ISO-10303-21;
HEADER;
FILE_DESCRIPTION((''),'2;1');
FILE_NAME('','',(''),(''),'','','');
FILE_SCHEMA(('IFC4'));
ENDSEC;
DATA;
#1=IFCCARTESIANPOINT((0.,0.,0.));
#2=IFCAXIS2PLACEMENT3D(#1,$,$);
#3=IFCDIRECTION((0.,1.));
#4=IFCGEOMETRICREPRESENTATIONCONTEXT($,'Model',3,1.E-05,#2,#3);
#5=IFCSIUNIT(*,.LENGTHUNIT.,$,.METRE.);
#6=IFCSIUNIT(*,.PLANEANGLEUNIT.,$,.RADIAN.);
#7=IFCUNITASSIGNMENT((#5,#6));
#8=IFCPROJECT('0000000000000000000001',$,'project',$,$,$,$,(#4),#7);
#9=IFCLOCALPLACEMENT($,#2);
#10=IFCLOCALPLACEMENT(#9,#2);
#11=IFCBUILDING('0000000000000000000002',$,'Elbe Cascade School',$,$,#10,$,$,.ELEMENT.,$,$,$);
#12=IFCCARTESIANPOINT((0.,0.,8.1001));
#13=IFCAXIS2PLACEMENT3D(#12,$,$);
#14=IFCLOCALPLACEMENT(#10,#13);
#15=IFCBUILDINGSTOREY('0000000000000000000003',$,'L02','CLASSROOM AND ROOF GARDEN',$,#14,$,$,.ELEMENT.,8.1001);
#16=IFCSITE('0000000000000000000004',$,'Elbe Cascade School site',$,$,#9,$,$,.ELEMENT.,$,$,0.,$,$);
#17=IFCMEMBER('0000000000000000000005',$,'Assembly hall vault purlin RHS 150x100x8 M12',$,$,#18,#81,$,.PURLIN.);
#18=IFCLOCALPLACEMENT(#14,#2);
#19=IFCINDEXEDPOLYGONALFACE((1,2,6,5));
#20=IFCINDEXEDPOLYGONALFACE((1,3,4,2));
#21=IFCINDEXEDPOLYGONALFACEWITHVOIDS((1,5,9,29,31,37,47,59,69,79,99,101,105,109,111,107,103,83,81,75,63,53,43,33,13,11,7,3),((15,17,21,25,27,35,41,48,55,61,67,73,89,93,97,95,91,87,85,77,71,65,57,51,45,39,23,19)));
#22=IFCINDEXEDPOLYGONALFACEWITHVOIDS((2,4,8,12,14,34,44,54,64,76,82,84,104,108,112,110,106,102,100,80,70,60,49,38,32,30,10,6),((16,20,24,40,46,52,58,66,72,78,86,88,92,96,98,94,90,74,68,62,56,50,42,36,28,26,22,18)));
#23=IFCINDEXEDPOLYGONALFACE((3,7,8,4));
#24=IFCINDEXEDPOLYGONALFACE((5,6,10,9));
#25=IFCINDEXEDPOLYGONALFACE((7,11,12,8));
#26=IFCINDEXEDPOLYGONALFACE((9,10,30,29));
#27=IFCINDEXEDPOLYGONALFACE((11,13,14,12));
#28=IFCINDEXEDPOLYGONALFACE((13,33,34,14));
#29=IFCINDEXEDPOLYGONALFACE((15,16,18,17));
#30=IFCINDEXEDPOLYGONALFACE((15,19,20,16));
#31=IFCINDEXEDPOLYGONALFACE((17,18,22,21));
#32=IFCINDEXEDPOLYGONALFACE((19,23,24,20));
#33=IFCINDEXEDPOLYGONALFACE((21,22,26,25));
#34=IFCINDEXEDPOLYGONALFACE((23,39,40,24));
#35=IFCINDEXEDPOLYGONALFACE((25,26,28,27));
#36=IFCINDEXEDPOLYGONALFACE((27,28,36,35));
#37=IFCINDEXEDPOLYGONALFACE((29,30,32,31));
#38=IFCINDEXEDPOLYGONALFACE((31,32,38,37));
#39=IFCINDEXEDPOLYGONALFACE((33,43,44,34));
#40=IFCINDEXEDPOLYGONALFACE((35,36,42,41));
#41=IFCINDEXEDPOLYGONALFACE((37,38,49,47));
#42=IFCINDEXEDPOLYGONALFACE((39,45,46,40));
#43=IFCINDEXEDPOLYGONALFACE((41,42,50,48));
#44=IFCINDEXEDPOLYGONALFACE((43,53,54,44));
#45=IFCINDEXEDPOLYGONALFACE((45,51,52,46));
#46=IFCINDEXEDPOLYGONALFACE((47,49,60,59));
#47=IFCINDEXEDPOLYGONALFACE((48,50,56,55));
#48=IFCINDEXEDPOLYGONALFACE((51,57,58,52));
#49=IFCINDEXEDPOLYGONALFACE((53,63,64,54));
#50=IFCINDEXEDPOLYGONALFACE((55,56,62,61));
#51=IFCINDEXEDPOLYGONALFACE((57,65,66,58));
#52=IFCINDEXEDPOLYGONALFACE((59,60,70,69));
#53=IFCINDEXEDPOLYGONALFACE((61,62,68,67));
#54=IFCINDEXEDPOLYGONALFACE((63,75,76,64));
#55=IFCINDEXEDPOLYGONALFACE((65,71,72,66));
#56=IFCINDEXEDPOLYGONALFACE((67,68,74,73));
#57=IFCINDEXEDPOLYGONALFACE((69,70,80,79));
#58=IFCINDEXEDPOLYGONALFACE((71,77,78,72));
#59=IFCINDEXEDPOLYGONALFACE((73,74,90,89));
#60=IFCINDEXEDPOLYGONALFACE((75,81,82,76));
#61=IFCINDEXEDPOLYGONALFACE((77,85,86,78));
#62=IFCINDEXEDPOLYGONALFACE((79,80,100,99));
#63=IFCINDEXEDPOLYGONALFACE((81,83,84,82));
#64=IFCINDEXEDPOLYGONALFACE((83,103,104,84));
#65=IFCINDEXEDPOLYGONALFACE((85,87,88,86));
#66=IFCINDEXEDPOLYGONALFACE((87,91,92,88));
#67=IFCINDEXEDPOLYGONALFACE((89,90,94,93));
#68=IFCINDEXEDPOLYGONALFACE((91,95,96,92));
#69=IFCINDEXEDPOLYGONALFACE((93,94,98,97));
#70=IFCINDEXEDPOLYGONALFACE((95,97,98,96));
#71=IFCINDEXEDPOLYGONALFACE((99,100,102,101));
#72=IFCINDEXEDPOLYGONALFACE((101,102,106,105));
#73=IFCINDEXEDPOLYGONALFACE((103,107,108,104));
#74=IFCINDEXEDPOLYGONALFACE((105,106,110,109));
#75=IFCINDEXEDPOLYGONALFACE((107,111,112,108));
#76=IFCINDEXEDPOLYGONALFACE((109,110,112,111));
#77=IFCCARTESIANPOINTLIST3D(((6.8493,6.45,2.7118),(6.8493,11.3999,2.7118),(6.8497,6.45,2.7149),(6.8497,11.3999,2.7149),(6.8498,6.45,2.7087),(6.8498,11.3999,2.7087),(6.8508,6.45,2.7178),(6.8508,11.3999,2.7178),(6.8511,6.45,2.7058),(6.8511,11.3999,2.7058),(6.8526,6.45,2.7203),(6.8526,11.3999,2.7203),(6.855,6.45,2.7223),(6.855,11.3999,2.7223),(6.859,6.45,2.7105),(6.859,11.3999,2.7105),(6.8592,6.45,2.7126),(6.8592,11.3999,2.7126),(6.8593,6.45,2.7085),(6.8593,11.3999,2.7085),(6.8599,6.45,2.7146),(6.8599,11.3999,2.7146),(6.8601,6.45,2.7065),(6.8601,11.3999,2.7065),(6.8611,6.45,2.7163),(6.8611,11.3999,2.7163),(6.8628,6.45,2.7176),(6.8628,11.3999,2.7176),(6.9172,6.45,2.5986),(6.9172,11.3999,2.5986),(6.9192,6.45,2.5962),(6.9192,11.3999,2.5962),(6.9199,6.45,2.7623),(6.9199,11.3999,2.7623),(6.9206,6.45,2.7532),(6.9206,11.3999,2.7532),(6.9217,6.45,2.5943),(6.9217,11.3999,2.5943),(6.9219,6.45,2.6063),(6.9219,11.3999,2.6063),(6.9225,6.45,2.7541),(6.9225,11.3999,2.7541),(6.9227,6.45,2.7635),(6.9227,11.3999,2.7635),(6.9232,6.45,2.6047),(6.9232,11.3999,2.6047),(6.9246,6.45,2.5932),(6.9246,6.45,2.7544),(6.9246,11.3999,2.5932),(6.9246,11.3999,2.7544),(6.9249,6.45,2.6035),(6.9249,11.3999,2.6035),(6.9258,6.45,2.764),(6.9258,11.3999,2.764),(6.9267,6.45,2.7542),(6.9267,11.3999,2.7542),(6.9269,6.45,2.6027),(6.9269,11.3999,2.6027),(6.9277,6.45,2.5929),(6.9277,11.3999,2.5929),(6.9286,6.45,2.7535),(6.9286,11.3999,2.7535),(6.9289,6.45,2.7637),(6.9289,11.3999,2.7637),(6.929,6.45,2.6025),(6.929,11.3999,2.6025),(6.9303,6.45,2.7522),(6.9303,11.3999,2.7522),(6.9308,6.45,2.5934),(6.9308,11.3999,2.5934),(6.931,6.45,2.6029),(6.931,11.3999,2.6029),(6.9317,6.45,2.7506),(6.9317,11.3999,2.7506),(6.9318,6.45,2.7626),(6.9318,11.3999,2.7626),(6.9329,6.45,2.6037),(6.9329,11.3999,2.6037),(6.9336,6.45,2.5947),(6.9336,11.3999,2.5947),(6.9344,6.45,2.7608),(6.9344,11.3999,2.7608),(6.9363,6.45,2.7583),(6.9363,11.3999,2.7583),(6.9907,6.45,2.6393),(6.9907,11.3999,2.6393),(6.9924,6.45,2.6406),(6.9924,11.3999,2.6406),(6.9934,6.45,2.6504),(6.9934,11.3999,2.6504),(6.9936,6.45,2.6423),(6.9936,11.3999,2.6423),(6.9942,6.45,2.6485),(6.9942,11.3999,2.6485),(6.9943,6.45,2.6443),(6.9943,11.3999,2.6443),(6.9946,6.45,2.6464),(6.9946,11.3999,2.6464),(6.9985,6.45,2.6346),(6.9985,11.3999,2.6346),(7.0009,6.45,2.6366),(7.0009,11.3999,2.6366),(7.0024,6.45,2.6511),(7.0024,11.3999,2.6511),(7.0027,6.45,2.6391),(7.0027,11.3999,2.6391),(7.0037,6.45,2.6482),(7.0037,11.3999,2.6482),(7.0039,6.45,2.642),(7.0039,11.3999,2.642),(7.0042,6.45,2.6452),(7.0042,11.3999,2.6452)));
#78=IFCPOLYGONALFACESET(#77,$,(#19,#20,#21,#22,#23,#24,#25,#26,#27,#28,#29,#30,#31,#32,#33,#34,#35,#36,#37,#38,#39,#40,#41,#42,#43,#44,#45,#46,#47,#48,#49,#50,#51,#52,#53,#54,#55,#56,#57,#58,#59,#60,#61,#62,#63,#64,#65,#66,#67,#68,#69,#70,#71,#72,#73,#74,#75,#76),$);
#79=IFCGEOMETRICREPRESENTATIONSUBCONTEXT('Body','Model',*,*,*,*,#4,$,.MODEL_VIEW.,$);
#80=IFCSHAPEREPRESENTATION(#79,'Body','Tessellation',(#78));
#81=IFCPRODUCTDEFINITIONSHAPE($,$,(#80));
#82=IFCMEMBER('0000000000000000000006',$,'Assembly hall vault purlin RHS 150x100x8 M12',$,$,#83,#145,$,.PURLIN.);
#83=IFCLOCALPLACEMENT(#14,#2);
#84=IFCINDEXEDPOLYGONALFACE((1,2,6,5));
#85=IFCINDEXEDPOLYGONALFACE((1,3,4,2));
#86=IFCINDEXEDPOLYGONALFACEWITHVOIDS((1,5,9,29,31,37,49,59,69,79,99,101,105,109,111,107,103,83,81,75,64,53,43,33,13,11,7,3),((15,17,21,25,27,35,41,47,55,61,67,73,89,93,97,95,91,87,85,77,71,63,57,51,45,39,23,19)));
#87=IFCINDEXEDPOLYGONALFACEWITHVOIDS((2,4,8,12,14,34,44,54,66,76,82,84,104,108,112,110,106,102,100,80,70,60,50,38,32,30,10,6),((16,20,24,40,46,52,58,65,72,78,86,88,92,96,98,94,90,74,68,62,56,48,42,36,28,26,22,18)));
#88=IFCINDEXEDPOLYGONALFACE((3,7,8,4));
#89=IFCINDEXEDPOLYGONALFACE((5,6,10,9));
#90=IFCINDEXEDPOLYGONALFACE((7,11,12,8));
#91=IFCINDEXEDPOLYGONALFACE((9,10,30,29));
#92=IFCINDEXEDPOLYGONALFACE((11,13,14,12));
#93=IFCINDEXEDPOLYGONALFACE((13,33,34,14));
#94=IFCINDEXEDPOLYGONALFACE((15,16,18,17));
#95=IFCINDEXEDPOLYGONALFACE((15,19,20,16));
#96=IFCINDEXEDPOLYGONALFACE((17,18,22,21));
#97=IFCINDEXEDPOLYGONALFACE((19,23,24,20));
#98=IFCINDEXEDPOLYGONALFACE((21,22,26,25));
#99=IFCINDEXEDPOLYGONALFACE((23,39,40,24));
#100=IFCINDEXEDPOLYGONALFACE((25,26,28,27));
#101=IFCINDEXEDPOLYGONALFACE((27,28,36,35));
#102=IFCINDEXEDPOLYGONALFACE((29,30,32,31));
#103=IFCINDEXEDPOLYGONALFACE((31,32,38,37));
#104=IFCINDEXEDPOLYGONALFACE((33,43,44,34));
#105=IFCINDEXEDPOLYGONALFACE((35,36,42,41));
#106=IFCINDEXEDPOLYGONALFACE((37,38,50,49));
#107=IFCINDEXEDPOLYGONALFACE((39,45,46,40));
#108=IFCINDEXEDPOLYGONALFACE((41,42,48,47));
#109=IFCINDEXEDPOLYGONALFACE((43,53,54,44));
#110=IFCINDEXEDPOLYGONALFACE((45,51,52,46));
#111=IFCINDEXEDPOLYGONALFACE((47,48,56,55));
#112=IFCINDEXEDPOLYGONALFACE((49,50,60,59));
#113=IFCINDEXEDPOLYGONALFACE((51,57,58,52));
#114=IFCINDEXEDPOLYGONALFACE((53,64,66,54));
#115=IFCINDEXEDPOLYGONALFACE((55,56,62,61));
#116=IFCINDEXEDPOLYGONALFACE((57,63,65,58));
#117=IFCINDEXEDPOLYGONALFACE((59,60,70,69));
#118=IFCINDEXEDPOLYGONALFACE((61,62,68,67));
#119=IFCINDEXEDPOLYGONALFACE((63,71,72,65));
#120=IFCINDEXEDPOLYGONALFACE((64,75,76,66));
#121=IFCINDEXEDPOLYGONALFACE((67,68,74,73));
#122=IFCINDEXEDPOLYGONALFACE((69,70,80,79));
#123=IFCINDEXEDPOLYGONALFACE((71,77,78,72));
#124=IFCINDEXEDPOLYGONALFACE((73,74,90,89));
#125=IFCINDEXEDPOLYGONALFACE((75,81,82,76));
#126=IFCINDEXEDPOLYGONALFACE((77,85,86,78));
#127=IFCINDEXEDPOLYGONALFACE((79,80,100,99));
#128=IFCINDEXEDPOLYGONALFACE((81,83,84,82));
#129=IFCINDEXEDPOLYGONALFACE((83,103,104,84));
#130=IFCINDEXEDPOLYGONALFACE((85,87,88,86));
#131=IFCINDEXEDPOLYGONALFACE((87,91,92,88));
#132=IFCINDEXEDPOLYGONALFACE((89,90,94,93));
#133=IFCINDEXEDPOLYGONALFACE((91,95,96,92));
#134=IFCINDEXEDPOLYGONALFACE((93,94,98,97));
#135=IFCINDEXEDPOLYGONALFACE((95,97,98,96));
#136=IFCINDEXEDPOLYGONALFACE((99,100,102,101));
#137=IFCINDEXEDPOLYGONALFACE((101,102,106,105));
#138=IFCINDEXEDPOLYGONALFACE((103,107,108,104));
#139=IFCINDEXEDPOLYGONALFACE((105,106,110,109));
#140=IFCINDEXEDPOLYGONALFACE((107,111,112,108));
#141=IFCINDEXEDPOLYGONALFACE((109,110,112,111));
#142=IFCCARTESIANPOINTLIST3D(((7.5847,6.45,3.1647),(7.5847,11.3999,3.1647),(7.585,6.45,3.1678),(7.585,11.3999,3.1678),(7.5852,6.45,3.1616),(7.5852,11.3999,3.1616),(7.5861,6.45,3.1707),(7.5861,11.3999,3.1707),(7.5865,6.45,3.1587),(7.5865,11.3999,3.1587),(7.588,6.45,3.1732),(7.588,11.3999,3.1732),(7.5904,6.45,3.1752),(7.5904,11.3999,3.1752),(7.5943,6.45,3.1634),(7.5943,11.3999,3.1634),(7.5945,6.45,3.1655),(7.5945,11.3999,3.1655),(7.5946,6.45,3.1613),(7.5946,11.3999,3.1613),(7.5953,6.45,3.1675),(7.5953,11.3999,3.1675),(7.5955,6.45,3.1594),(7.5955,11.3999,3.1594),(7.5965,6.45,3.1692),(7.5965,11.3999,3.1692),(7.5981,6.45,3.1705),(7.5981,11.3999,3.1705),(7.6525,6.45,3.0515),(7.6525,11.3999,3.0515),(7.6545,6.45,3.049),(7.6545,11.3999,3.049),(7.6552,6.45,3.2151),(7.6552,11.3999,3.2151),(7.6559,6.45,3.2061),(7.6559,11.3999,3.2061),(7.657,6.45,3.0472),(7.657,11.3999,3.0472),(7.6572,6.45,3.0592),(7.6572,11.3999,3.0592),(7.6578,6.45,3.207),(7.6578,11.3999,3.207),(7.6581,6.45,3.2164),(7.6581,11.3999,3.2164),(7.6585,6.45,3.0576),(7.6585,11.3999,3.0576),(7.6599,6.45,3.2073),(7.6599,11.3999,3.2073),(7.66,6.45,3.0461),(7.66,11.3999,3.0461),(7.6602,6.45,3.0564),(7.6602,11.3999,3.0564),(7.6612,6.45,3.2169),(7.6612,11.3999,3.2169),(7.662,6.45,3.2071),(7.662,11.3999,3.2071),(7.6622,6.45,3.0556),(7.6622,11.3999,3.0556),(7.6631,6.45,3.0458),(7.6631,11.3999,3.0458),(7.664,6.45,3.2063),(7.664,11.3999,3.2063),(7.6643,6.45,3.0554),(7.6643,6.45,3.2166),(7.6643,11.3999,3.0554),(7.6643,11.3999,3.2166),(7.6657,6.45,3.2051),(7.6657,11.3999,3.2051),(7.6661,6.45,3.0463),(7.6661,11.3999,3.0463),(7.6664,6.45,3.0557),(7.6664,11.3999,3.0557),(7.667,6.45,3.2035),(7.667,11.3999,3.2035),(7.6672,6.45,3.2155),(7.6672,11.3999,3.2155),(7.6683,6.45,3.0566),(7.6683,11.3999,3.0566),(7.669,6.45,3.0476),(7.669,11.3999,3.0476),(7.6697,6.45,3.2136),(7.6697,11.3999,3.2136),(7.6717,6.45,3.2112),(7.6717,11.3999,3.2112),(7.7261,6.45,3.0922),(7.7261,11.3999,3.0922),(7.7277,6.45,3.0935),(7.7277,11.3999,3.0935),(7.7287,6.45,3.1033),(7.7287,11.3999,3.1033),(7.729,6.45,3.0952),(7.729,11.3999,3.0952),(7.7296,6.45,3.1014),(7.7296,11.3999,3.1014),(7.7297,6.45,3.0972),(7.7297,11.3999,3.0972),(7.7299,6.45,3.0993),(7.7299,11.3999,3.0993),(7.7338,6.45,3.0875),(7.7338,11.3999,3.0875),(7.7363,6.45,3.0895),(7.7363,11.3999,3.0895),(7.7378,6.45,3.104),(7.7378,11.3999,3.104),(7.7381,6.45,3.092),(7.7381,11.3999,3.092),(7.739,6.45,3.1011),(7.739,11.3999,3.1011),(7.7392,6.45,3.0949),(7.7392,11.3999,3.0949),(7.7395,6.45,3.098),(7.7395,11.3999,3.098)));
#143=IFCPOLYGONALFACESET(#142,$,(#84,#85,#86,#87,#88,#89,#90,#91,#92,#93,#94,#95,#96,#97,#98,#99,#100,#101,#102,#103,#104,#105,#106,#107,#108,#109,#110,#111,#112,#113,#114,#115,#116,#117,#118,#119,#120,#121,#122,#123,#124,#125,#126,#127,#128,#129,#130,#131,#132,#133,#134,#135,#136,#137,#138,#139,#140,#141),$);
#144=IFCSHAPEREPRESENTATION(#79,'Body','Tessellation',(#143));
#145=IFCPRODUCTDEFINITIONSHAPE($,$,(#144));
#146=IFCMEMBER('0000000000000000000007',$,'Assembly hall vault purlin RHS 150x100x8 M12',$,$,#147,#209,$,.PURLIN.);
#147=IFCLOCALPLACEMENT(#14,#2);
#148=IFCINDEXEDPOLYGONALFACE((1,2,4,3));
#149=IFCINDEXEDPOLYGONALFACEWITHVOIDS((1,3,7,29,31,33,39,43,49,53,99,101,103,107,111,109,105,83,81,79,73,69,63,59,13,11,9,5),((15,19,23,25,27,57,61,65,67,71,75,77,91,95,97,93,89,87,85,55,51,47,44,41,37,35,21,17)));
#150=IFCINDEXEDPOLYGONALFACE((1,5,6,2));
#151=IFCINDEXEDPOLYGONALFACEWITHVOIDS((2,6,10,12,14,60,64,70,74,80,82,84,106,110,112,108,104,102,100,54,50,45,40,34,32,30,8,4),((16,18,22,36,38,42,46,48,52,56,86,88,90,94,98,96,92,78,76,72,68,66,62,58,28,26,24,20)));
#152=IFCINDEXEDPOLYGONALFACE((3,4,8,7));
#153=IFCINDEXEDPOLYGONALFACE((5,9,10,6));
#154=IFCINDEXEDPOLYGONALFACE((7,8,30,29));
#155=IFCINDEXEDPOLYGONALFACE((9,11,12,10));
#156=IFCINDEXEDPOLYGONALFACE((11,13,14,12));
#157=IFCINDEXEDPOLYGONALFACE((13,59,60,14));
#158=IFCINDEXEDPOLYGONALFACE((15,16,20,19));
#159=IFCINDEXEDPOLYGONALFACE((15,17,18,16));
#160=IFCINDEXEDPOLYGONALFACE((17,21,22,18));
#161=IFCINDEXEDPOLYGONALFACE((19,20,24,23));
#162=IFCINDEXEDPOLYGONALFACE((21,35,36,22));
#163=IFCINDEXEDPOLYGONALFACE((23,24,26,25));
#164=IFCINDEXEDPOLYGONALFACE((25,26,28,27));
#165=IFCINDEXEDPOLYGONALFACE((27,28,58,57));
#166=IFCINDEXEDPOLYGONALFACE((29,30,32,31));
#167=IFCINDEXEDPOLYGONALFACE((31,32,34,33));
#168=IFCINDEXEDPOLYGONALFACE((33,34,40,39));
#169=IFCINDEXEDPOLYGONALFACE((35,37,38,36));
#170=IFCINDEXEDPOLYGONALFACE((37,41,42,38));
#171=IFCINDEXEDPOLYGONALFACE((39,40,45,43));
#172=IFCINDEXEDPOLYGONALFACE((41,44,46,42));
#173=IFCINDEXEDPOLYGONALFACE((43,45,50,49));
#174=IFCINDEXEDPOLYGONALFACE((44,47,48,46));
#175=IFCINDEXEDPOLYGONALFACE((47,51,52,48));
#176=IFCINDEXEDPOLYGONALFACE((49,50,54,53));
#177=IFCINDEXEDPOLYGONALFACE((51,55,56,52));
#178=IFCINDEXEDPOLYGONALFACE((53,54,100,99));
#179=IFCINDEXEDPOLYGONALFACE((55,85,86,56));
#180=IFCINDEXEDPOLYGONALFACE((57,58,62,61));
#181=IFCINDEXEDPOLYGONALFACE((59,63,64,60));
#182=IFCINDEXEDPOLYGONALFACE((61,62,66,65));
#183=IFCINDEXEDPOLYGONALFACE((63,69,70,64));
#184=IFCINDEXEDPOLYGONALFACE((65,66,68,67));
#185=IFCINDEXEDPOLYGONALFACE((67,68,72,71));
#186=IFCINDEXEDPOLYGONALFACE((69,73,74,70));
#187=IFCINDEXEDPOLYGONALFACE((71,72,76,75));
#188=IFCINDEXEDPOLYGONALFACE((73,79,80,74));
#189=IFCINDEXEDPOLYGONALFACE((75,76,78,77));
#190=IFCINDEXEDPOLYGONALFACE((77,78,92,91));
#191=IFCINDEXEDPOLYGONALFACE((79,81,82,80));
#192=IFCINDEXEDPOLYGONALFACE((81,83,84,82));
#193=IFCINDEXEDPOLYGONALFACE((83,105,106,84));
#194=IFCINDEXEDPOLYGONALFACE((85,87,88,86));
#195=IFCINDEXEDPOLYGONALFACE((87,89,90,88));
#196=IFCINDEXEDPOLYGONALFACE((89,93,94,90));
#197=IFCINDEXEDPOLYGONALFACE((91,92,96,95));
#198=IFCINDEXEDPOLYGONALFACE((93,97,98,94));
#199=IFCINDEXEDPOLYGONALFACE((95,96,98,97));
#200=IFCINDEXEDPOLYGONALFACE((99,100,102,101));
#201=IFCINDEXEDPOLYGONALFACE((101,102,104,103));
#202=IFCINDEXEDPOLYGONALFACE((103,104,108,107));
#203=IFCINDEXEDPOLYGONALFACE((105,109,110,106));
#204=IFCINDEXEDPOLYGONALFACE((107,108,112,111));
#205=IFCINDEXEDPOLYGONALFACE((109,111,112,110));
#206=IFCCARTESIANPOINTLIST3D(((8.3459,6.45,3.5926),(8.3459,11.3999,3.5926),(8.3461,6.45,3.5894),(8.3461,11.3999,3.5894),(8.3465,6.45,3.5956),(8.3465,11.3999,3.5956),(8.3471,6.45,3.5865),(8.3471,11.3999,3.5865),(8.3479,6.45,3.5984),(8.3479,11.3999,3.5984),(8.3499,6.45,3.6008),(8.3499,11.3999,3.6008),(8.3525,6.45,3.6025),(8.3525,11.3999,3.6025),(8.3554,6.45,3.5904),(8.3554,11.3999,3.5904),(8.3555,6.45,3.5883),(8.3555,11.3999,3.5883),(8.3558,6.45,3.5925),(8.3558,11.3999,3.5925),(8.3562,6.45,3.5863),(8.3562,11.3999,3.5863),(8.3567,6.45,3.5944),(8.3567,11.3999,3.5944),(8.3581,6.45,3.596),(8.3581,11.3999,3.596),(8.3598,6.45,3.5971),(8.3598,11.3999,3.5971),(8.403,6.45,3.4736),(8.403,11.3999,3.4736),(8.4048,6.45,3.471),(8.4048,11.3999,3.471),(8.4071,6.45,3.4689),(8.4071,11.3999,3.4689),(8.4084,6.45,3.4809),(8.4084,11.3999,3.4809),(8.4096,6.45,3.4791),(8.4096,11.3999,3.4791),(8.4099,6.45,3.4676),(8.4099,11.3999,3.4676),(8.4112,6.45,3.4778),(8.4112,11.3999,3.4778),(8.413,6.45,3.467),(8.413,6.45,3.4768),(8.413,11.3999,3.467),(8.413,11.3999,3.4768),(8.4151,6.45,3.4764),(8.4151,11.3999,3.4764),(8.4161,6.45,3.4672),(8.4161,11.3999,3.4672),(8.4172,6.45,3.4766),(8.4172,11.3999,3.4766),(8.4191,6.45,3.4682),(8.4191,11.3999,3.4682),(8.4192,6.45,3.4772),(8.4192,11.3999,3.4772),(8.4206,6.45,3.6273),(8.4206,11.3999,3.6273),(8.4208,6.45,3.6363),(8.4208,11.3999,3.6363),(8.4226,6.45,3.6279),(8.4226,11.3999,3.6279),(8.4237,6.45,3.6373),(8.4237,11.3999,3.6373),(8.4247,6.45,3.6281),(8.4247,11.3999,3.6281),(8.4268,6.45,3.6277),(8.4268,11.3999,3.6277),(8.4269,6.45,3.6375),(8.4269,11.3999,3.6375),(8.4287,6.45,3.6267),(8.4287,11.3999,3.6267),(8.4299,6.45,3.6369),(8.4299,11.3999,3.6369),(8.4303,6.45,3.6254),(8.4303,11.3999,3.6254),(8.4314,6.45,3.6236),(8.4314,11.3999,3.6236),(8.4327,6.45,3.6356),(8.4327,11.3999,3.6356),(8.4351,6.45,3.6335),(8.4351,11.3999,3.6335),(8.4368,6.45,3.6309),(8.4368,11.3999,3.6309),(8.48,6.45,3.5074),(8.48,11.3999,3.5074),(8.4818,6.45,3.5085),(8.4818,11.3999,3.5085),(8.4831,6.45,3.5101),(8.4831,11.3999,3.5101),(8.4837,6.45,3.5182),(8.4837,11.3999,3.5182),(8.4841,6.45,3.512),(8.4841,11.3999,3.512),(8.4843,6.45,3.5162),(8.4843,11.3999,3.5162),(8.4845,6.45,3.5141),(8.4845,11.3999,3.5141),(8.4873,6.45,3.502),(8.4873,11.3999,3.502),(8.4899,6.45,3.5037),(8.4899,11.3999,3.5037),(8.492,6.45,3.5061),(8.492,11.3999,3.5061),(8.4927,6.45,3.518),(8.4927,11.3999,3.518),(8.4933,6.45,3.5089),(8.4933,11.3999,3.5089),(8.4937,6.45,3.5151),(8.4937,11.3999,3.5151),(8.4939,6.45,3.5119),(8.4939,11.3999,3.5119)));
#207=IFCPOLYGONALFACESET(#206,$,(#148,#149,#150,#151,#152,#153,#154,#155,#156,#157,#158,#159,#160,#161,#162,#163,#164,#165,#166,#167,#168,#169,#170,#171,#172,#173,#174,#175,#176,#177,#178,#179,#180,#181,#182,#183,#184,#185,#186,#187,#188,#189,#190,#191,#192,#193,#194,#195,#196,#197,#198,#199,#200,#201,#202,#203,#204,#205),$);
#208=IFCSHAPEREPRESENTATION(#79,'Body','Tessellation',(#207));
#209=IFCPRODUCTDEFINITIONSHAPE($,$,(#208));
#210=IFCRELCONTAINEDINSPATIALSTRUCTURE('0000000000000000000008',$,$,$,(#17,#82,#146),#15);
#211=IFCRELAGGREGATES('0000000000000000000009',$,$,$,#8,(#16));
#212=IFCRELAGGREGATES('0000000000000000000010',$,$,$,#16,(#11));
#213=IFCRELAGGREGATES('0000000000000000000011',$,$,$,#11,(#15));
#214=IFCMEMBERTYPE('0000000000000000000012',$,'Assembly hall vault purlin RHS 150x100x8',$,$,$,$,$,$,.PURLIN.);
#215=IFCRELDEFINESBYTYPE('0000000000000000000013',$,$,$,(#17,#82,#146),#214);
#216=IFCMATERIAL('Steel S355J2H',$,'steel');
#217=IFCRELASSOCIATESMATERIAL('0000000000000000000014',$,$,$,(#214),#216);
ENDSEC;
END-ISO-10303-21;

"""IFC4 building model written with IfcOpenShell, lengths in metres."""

from ifc_helpers import new_model, si_unit, direction, frame, origin, origin_2d, place, context, subcontext, project, spatial, hollow_rectangle, extrude, material, material_profile, profile_set, type_object, element, save


model = new_model("IFC4")

# Units and contexts
model_context = context("Model", 3, precision=1e-05, world=origin(), true_north=direction((0.0, 1.0)))
body_context = subcontext(model_context, "Body", "Model", "MODEL_VIEW")
ifc_project = project(units=[si_unit("LENGTHUNIT", "METRE"), si_unit("PLANEANGLEUNIT", "RADIAN")], contexts=[model_context])

# Site, building, storey
site_placement = place(None, origin())
site = spatial("IfcSite", under=ifc_project, at=site_placement, Name="Elbe Cascade School site", CompositionType="ELEMENT", RefElevation=0.0)
building_placement = place(site_placement, origin())
building = spatial("IfcBuilding", under=site, at=building_placement, Name="Elbe Cascade School", CompositionType="ELEMENT")
storey_placement = place(building_placement, frame((0.0, 0.0, 8.1001)))
storey = spatial("IfcBuildingStorey", under=building, at=storey_placement, Name="L02", Description="CLASSROOM AND ROOF GARDEN", CompositionType="ELEMENT", Elevation=8.1001)

# Members
ifc_material_1 = material(Name="Steel S355J2H", Category="steel")
ifc_material_profile_1 = material_profile(ifc_material_1, hollow_rectangle(XDim=0.1001, YDim=0.1499, WallThickness=0.0081, InnerFilletRadius=0.0081, OuterFilletRadius=0.012, at=origin_2d()), Name="RHS 150x100x8")
ifc_profile_set_1 = profile_set([ifc_material_profile_1], Name="Steel S355J2H")
member_type_1 = type_object("IfcMemberType", Name="Assembly hall vault purlin RHS 150x100x8", PredefinedType="PURLIN", material=ifc_profile_set_1)
for number, where, z_axis, x_axis, name in (
    (1, (6.9268, 6.45, 2.6785), (0.0, 1.0, 0.0), (-0.851433, 0.0, -0.524463), "Assembly hall vault purlin RHS 150x100x8 M12"),
    (2, (7.6621, 6.45, 3.1313), (0.0, 1.0, 0.0), (-0.851433, 0.0, -0.524463), "Assembly hall vault purlin RHS 150x100x8 M12"),
    (3, (8.4199, 6.45, 3.5522), (0.0, 1.0, 0.0), (-0.896139, 0.0, -0.443774), "Assembly hall vault purlin RHS 150x100x8 M12"),
):
    element("IfcMember", number, at=place(storey_placement, frame(where, z_axis=z_axis, x_axis=x_axis)), inside=storey, type_object=member_type_1, Name=name, PredefinedType="PURLIN", context=body_context, shape_type="SweptSolid", body=[
        extrude(hollow_rectangle(XDim=0.1001, YDim=0.1499, WallThickness=0.0081, InnerFilletRadius=0.0081, OuterFilletRadius=0.012, at=origin_2d()), origin(), (0.0, 0.0, 1.0), 4.95),
    ])

save(model, "model.ifc")
